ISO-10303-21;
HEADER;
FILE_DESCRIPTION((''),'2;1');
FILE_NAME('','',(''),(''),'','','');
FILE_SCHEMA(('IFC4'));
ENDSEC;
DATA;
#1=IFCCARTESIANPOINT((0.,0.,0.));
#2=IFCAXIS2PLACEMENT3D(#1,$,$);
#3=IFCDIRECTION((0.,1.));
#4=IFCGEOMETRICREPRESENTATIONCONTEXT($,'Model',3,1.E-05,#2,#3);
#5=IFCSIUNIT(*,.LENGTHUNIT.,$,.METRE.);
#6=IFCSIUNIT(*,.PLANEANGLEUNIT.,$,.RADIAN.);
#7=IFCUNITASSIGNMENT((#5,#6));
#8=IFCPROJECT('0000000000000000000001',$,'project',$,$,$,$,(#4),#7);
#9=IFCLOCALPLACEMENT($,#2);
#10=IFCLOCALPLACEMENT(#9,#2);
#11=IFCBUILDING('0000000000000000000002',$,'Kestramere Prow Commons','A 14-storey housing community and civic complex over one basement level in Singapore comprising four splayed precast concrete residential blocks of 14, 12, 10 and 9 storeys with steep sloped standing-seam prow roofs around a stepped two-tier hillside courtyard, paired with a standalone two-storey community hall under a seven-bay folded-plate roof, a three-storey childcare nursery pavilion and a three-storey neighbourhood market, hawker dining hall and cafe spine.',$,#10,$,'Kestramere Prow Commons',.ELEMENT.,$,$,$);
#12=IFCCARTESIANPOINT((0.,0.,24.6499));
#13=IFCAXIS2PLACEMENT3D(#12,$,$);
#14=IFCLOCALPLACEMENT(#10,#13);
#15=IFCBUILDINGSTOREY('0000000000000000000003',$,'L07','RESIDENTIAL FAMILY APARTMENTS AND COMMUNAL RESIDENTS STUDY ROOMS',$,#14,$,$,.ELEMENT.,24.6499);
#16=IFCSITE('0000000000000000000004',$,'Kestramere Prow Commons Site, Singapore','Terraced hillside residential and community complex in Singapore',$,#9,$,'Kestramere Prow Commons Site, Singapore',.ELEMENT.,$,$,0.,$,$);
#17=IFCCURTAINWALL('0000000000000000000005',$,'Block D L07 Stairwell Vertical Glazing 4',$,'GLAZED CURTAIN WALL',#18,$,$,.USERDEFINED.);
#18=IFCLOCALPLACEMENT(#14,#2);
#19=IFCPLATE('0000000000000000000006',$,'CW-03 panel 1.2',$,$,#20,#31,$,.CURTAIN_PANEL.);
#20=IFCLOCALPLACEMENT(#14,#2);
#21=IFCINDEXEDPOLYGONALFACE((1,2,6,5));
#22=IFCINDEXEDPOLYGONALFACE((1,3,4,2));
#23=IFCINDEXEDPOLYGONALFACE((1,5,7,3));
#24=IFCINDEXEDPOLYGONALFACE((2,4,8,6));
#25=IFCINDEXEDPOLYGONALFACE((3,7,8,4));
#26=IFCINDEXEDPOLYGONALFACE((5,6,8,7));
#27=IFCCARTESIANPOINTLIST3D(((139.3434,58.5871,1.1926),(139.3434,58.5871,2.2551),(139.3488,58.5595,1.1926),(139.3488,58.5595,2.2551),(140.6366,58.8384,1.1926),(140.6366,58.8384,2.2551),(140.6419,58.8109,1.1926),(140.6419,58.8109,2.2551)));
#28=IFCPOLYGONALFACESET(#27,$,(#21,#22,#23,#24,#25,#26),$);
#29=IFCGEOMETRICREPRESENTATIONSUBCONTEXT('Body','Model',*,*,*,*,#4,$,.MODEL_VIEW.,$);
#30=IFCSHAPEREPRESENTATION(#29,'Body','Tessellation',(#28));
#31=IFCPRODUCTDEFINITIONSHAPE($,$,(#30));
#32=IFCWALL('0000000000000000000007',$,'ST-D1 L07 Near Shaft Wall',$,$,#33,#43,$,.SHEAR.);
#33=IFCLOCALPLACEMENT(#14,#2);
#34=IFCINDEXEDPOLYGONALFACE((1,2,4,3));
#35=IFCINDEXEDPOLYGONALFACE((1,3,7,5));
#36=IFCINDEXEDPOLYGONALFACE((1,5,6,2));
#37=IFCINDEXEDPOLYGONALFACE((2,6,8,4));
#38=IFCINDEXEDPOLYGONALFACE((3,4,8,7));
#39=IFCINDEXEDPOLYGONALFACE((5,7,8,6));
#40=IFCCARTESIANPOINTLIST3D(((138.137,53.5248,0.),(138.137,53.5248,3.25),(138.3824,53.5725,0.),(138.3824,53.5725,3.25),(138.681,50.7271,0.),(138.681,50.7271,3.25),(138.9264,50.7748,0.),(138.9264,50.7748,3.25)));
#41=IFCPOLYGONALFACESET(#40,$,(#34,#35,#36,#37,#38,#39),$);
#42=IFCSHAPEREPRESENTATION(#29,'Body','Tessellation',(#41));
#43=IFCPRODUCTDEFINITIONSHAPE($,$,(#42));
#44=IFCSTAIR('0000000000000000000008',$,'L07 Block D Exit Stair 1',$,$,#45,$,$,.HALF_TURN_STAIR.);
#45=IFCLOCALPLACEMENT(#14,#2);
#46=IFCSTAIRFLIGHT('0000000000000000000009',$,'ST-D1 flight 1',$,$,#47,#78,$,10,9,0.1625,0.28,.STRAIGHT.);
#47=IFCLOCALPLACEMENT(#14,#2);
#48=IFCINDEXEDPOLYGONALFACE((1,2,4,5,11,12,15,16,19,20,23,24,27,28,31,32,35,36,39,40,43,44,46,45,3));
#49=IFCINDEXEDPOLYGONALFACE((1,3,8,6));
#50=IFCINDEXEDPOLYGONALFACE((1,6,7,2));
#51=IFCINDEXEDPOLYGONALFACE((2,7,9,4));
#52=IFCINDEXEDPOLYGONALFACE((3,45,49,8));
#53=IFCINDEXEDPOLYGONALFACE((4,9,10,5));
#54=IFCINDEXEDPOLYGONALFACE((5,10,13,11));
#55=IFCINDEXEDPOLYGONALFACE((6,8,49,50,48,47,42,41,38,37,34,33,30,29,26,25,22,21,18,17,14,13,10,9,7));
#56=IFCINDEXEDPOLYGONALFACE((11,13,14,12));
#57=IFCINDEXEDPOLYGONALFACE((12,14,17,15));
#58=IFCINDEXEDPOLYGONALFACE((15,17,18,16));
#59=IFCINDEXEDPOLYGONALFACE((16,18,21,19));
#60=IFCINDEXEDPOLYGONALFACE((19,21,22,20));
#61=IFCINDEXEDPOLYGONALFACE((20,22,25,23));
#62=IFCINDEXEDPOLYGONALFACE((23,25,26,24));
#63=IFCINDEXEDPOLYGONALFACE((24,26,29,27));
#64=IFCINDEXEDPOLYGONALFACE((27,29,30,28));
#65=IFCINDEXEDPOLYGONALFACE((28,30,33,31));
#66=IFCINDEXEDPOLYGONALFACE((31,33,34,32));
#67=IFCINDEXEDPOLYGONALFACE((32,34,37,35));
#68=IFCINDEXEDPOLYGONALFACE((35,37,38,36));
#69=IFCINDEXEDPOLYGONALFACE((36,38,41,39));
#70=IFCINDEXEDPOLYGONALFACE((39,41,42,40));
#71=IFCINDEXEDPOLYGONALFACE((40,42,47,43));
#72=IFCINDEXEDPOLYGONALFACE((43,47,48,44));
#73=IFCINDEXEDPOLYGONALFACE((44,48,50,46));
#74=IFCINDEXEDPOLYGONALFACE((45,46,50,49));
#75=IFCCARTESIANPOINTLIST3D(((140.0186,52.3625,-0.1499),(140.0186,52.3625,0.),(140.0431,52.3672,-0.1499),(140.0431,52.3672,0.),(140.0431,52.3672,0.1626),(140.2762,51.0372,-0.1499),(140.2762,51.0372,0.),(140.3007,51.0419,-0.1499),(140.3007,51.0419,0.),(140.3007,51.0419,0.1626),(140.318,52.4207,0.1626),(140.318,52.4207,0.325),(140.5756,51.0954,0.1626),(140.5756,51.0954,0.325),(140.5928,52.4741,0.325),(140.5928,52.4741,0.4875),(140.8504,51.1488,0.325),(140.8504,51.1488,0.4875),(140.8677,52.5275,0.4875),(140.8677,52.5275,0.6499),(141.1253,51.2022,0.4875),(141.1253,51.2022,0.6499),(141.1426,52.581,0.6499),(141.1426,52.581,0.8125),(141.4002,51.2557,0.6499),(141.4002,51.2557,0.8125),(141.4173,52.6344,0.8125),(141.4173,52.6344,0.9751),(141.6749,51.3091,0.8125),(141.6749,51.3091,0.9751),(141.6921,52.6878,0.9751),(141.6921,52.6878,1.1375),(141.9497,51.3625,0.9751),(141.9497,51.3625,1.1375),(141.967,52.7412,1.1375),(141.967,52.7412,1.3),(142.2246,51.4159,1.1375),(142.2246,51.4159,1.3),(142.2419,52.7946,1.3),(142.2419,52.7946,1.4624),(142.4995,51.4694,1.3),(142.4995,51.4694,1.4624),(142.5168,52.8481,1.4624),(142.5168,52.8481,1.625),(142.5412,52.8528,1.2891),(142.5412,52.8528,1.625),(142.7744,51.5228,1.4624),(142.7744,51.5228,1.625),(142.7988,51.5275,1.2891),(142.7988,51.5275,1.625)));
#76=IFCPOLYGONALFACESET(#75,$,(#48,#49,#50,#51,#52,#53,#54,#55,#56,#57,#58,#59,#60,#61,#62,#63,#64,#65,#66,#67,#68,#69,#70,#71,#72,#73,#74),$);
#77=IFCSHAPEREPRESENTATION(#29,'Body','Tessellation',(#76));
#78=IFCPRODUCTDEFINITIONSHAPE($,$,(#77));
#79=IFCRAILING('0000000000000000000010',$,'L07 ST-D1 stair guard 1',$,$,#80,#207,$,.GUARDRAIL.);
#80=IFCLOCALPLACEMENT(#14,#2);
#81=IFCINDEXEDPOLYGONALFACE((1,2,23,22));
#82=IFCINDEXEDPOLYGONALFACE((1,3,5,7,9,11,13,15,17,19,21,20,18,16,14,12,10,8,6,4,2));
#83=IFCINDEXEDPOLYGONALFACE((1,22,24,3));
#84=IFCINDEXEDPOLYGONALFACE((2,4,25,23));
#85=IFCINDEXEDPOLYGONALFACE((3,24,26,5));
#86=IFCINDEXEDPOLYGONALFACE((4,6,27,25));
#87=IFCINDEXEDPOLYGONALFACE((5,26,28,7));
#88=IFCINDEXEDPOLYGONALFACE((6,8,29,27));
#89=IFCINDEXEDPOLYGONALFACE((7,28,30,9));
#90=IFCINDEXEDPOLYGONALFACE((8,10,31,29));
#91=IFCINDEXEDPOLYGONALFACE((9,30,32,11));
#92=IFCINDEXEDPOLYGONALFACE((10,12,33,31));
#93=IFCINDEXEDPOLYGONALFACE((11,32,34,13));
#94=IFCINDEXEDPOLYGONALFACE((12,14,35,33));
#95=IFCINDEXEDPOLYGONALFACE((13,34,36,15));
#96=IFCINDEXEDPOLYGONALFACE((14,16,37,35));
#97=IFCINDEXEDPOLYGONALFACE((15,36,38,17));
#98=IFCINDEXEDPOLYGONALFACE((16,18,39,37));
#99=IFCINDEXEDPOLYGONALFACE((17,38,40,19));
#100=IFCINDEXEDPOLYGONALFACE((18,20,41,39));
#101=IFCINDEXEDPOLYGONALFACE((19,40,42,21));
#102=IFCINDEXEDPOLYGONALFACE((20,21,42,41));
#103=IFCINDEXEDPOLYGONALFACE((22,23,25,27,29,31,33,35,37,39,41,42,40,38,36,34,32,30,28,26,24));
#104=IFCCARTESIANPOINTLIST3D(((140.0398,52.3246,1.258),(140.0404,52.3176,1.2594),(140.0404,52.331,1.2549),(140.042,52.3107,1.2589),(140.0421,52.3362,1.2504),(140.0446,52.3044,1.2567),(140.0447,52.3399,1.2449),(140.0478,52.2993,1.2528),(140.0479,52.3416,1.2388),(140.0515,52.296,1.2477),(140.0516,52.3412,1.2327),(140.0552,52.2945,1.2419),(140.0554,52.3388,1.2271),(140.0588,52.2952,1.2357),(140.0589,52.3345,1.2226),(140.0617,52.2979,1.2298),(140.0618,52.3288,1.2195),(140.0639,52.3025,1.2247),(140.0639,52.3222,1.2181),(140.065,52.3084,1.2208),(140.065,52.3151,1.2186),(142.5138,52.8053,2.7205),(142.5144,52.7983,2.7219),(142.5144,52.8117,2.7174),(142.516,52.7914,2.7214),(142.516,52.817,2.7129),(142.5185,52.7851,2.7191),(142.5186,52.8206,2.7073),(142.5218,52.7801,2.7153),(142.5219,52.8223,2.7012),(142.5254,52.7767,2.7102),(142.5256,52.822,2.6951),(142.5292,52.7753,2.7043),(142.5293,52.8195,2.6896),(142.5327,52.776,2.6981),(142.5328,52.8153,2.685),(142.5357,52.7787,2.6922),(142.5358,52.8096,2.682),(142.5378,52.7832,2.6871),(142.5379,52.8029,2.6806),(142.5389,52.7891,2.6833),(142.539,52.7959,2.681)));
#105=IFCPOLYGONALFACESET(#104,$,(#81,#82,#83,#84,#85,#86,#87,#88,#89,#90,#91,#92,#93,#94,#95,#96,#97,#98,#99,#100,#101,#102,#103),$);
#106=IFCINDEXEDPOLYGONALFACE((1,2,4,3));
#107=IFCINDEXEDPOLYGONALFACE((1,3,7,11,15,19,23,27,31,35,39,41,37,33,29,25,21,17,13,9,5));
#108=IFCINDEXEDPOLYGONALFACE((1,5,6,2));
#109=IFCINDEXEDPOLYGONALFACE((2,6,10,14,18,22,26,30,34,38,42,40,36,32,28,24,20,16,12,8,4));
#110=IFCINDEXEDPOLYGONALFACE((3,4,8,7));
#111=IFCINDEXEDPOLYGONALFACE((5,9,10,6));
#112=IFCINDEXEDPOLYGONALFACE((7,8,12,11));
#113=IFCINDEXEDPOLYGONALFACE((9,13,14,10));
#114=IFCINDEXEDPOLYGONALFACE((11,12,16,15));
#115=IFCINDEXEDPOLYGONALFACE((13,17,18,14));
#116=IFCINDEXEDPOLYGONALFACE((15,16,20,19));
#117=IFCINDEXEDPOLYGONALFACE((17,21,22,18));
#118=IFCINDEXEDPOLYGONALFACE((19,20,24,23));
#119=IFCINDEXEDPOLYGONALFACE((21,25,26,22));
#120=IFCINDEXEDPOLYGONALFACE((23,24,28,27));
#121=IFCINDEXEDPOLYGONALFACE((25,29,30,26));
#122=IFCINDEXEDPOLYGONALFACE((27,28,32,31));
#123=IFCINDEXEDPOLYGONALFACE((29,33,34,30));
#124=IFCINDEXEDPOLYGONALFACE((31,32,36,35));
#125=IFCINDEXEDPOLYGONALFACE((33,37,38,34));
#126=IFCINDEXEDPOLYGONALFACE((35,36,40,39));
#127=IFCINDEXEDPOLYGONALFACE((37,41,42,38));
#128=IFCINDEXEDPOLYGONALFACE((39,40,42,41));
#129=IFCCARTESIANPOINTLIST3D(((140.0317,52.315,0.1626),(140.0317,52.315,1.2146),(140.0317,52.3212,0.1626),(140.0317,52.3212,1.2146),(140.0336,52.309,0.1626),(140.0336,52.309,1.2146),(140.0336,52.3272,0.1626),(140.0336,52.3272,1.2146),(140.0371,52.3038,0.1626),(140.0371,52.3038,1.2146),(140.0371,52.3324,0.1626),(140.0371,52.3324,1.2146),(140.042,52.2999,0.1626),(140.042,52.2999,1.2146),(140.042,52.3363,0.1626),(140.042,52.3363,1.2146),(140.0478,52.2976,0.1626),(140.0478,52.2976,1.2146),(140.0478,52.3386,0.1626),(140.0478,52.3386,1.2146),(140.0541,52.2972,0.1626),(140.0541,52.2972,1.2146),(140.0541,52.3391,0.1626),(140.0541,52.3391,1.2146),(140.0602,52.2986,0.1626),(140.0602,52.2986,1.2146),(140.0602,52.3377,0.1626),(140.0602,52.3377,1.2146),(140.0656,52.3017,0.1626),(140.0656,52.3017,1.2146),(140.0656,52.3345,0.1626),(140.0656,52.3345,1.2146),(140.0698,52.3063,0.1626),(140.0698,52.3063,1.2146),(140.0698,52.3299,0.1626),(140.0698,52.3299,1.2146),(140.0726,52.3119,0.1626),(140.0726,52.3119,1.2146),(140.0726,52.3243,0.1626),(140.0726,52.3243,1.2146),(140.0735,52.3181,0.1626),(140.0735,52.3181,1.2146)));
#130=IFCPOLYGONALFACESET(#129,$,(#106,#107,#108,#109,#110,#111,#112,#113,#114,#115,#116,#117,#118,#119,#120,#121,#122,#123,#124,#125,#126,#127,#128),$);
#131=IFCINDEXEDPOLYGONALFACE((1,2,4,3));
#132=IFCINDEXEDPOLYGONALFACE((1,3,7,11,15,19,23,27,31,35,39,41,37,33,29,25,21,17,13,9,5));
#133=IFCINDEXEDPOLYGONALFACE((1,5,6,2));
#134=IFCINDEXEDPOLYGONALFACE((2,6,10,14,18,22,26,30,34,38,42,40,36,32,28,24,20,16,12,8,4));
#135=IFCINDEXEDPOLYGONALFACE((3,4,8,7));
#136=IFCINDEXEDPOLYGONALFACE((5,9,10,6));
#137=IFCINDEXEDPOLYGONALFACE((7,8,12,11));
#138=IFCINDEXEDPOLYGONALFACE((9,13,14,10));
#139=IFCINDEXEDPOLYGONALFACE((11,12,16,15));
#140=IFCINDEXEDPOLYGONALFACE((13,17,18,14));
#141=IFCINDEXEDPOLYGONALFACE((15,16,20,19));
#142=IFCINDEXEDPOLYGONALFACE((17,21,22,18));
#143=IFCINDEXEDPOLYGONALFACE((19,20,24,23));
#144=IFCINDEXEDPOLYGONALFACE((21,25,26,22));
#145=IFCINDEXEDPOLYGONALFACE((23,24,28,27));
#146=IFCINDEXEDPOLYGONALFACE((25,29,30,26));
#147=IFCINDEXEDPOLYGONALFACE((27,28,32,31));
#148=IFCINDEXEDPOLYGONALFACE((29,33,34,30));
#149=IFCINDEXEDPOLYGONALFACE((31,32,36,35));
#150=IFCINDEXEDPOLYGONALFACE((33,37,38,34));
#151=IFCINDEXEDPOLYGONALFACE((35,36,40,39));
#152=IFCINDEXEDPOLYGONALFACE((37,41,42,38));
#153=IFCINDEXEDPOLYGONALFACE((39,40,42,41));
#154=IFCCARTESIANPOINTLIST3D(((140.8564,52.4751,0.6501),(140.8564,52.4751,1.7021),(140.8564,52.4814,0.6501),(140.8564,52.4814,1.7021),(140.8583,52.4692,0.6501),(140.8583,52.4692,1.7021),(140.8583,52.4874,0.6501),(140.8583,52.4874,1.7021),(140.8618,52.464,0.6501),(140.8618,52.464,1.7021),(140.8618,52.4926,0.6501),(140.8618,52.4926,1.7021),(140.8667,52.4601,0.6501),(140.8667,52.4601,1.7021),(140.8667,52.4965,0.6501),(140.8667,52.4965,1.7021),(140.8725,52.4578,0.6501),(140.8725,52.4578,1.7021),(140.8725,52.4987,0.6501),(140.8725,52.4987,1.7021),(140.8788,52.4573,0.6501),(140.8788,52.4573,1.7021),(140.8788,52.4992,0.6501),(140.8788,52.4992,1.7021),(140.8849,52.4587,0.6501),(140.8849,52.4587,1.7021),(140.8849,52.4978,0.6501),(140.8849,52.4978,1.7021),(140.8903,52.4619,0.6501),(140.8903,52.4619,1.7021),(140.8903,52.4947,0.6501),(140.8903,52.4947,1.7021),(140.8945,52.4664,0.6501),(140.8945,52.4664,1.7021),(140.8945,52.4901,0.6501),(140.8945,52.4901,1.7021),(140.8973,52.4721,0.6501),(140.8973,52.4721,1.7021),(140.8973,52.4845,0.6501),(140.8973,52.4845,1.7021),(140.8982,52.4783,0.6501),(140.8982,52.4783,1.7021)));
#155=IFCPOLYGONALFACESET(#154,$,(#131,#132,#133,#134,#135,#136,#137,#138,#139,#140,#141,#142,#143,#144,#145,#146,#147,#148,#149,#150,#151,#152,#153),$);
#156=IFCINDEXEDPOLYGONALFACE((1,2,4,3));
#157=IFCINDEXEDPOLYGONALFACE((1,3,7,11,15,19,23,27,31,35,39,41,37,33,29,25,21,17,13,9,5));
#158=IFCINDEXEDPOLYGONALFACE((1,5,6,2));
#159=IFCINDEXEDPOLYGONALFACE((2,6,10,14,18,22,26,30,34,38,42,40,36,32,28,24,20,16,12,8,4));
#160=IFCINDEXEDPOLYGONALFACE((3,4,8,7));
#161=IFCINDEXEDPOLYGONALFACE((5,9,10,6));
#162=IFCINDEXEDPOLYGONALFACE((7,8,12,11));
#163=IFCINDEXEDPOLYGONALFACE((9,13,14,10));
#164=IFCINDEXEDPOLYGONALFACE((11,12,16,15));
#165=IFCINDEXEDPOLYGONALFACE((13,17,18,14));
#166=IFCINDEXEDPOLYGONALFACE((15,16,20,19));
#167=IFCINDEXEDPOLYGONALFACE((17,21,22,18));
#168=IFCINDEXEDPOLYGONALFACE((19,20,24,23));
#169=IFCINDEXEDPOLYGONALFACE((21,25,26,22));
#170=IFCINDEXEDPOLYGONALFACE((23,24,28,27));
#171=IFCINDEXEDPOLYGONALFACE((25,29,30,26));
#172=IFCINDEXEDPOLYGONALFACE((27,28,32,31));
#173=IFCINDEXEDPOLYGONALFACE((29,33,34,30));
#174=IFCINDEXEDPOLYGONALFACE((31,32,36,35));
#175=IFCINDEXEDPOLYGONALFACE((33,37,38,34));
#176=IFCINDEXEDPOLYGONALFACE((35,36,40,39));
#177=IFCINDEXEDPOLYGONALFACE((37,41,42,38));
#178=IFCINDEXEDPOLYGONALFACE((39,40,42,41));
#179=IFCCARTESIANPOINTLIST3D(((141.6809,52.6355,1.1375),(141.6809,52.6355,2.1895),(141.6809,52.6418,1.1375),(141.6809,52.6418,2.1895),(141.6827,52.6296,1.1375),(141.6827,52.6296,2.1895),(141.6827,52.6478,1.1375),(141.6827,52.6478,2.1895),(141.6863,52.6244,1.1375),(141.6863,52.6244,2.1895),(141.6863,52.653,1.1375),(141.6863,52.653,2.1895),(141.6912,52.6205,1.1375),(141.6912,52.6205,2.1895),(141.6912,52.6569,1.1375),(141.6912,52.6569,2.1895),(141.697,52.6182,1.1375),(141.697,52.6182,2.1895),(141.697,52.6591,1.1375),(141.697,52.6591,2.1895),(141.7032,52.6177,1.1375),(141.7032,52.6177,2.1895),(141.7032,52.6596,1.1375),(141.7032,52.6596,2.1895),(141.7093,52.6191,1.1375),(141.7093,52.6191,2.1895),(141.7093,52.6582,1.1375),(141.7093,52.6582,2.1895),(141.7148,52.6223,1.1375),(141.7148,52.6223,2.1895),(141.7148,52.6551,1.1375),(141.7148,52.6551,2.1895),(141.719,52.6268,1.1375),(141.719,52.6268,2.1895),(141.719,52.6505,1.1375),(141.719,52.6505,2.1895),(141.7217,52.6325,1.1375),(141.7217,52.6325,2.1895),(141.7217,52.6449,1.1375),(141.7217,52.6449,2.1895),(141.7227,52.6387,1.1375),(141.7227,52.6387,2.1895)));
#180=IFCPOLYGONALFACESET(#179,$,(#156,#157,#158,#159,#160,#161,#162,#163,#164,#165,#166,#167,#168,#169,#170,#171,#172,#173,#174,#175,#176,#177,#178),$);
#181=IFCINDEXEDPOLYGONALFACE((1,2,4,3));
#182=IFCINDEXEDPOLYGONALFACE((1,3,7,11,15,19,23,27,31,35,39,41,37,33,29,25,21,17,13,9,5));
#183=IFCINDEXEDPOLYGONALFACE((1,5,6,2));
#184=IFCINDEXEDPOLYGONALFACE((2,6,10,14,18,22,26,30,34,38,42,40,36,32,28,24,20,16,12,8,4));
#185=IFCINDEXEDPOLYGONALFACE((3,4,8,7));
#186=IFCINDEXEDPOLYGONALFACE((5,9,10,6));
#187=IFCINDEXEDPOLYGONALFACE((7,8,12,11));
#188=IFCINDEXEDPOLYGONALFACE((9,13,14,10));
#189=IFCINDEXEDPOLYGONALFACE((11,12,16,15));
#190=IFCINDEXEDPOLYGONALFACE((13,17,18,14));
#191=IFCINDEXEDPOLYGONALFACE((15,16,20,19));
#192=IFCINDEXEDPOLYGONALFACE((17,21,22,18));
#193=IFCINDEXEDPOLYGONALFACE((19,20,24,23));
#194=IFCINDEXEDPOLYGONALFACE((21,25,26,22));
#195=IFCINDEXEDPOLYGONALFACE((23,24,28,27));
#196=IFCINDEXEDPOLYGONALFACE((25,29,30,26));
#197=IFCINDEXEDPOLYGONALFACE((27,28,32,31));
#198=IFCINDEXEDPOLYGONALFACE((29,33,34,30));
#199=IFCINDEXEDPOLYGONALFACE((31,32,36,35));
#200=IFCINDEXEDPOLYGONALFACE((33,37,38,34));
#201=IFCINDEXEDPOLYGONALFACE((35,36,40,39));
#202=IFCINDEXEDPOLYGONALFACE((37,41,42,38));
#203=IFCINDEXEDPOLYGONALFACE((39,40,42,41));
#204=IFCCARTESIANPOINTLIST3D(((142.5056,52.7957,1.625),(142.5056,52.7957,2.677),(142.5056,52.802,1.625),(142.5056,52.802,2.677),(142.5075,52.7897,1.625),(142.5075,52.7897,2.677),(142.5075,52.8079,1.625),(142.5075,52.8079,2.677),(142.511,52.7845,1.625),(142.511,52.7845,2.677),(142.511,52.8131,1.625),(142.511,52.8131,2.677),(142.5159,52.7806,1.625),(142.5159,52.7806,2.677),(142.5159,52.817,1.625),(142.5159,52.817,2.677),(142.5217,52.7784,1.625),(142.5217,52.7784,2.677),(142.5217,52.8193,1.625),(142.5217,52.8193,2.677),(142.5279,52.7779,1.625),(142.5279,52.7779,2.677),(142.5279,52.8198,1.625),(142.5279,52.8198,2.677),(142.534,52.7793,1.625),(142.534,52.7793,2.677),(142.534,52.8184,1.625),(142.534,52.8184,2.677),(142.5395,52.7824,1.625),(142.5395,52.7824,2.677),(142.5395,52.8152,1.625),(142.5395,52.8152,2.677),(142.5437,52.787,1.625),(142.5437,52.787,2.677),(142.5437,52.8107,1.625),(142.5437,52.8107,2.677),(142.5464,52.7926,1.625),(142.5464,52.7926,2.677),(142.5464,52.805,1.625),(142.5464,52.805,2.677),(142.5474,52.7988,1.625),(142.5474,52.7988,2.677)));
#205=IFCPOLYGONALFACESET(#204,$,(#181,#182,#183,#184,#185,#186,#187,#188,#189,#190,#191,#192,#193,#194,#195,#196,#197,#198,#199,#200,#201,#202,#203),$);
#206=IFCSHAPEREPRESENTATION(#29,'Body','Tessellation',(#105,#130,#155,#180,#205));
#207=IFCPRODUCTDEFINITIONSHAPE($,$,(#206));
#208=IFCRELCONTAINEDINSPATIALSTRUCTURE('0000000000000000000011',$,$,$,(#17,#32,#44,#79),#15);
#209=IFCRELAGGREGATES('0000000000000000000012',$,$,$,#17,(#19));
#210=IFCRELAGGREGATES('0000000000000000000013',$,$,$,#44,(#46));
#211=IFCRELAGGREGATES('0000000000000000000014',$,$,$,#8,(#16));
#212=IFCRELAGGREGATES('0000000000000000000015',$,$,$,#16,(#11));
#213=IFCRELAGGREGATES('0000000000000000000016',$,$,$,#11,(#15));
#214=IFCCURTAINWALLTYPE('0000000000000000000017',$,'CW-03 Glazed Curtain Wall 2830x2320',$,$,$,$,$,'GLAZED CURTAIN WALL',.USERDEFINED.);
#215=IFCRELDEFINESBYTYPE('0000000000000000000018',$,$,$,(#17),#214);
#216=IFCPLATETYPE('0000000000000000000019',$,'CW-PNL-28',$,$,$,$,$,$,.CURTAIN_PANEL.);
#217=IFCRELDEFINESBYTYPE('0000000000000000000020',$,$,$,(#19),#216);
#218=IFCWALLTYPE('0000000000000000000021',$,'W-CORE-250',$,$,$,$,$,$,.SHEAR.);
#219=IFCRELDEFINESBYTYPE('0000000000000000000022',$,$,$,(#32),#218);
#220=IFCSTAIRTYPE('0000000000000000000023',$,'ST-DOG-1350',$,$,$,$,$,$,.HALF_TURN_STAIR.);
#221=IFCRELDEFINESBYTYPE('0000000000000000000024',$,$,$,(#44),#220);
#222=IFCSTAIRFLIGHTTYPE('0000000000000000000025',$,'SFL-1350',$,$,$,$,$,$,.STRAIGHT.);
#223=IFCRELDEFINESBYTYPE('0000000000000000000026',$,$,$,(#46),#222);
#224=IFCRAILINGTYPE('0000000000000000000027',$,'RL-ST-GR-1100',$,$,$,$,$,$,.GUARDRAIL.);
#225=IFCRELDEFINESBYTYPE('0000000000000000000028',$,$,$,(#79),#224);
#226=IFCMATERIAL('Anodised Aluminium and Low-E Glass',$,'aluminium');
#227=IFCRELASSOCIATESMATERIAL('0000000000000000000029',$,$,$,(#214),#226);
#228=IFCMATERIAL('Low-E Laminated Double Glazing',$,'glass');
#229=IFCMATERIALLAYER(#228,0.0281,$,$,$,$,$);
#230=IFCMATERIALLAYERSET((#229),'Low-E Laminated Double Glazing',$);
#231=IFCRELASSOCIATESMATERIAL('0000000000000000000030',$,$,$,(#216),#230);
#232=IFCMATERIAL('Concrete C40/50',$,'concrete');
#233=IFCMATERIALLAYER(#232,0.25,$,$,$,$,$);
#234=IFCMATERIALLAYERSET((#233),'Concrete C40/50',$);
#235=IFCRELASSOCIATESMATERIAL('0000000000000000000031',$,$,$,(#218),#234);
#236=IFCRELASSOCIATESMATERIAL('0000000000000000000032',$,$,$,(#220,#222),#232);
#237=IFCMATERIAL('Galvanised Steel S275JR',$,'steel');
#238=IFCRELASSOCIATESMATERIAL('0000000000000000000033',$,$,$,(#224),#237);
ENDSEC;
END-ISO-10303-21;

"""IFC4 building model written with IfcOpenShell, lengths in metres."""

from ifc_helpers import new_model, si_unit, direction, frame, frame_2d, origin, origin_2d, place, context, subcontext, project, spatial, polyline, rectangle, circle, outline, extrude, material, layer, layer_set, type_object, element, aggregate, save


model = new_model("IFC4")

# Units and contexts
model_context = context("Model", 3, precision=1e-05, world=origin(), true_north=direction((0.0, 1.0)))
body_context = subcontext(model_context, "Body", "Model", "MODEL_VIEW")
ifc_project = project(units=[si_unit("LENGTHUNIT", "METRE"), si_unit("PLANEANGLEUNIT", "RADIAN")], contexts=[model_context])

# Site, building, storey
site_placement = place(None, origin())
site = spatial("IfcSite", under=ifc_project, at=site_placement, Name="Kestramere Prow Commons Site, Singapore", Description="Terraced hillside residential and community complex in Singapore", LongName="Kestramere Prow Commons Site, Singapore", CompositionType="ELEMENT", RefElevation=0.0)
building_placement = place(site_placement, origin())
building = spatial("IfcBuilding", under=site, at=building_placement, Name="Kestramere Prow Commons", Description="A 14-storey housing community and civic complex over one basement level in Singapore comprising four splayed precast concrete residential blocks of 14, 12, 10 and 9 storeys with steep sloped standing-seam prow roofs around a stepped two-tier hillside courtyard, paired with a standalone two-storey community hall under a seven-bay folded-plate roof, a three-storey childcare nursery pavilion and a three-storey neighbourhood market, hawker dining hall and cafe spine.", LongName="Kestramere Prow Commons", CompositionType="ELEMENT")
storey_placement = place(building_placement, frame((0.0, 0.0, 24.6499)))
storey = spatial("IfcBuildingStorey", under=building, at=storey_placement, Name="L07", Description="RESIDENTIAL FAMILY APARTMENTS AND COMMUNAL RESIDENTS STUDY ROOMS", CompositionType="ELEMENT", Elevation=24.6499)

# Curtain wall
ifc_material_1 = material(Name="Anodised Aluminium and Low-E Glass", Category="aluminium")
curtain_wall_type = type_object("IfcCurtainWallType", Name="CW-03 Glazed Curtain Wall 2830x2320", ElementType="GLAZED CURTAIN WALL", PredefinedType="USERDEFINED", material=ifc_material_1)
curtain_wall_placement = place(storey_placement, origin())
curtain_wall = element("IfcCurtainWall", 1, at=curtain_wall_placement, inside=storey, type_object=curtain_wall_type, Name="Block D L07 Stairwell Vertical Glazing 4", ObjectType="GLAZED CURTAIN WALL", PredefinedType="USERDEFINED")

# Plate
ifc_material_2 = material(Name="Low-E Laminated Double Glazing", Category="glass")
ifc_layer_1 = layer(ifc_material_2, 0.0281)
ifc_layer_set_1 = layer_set([ifc_layer_1], Name="Low-E Laminated Double Glazing")
plate_type = type_object("IfcPlateType", Name="CW-PNL-28", PredefinedType="CURTAIN_PANEL", material=ifc_layer_set_1)
plate_1_placement = place(storey_placement, frame((139.9927, 58.699, 1.1926), z_axis=(0.0, 0.0, 1.0), x_axis=(0.981627, 0.190809, 0.0)))
plate_1 = element("IfcPlate", 2, at=plate_1_placement, type_object=plate_type, Name="CW-03 panel 1.2", PredefinedType="CURTAIN_PANEL", context=body_context, shape_type="SweptSolid", body=[
    extrude(rectangle(XDim=1.3174, YDim=0.0281, at=origin_2d()), origin(), (0.0, 0.0, 1.0), 1.0625),
])
aggregate(curtain_wall, [plate_1])

# Shared definitions
ifc_material_3 = material(Name="Concrete C40/50", Category="concrete")
ifc_layer_2 = layer(ifc_material_3, 0.25)
ifc_layer_set_2 = layer_set([ifc_layer_2], Name="Concrete C40/50")
wall_type = type_object("IfcWallType", Name="W-CORE-250", PredefinedType="SHEAR", material=ifc_layer_set_2)

# Wall
wall_1_placement = place(storey_placement, frame((138.8037, 50.751, 0.0), z_axis=(0.0, 0.0, 1.0), x_axis=(-0.190858, 0.981618, 0.0)))
element("IfcWall", 3, at=wall_1_placement, inside=storey, type_object=wall_type, Name="ST-D1 L07 Near Shaft Wall", PredefinedType="SHEAR", context=body_context, shape_type="SweptSolid", body=[
    extrude(rectangle(XDim=2.8501, YDim=0.25, at=frame_2d((1.425, 0.0))), origin(), (0.0, 0.0, 1.0), 3.25),
])

# Stair, stair flight
stair_type = type_object("IfcStairType", Name="ST-DOG-1350", PredefinedType="HALF_TURN_STAIR", material=ifc_material_3)
stair_placement = place(storey_placement, origin())
stair = element("IfcStair", 4, at=stair_placement, inside=storey, type_object=stair_type, Name="L07 Block D Exit Stair 1", PredefinedType="HALF_TURN_STAIR")
stair_flight_type = type_object("IfcStairFlightType", Name="SFL-1350", PredefinedType="STRAIGHT", material=ifc_material_3)
stair_flight_placement = place(storey_placement, frame((140.1719, 51.7046, 0.0), z_axis=(0.0, 0.0, 1.0), x_axis=(0.981627, 0.190809, 0.0)))
stair_flight = element("IfcStairFlight", 5, at=stair_flight_placement, type_object=stair_flight_type, Name="ST-D1 flight 1", NumberOfRisers=10, NumberOfTreads=9, PredefinedType="STRAIGHT", RiserHeight=0.1625, TreadLength=0.28, context=body_context, shape_type="SweptSolid", body=[
    extrude(outline(polyline([(-0.0249, 0.0), (0.0, 0.0), (0.0, 0.1626), (0.28, 0.1626), (0.28, 0.325), (0.5601, 0.325), (0.5601, 0.4875), (0.8401, 0.4875), (0.8401, 0.6499), (1.1201, 0.6499), (1.1201, 0.8125), (1.3999, 0.8125), (1.3999, 0.9751), (1.6799, 0.9751), (1.6799, 1.1375), (1.96, 1.1375), (1.96, 1.3), (2.24, 1.3), (2.24, 1.4624), (2.52, 1.4624), (2.52, 1.625), (2.5449, 1.625), (2.5449, 1.2891), (0.0, -0.1499), (-0.0249, -0.1499), (-0.0249, 0.0)])), frame((0.0, 0.675, 0.0), z_axis=(0.0, -1.0, 0.0), x_axis=(1.0, 0.0, 0.0)), (0.0, 0.0, 1.0), 1.3501),
])
aggregate(stair, [stair_flight])

# Railing
ifc_material_4 = material(Name="Galvanised Steel S275JR", Category="steel")
railing_type_1 = type_object("IfcRailingType", Name="RL-ST-GR-1100", PredefinedType="GUARDRAIL", material=ifc_material_4)
railing_1_placement = place(storey_placement, frame((140.0525, 52.3181, 0.1626)))
element("IfcRailing", 6, at=railing_1_placement, inside=storey, type_object=railing_type_1, Name="L07 ST-D1 stair guard 1", PredefinedType="GUARDRAIL", context=body_context, shape_type="SweptSolid", body=[
    extrude(circle(Radius=0.0239, at=origin_2d()), frame((0.0, 0.0, 1.0762), z_axis=(0.849044, 0.164982, 0.501902), x_axis=(-0.190748, 0.981639, 0.0)), (0.0, 0.0, 1.0), 2.9138),
    extrude(circle(Radius=0.021, at=origin_2d()), origin(), (0.0, 0.0, 1.0), 1.052),
    extrude(circle(Radius=0.021, at=origin_2d()), frame((0.8247, 0.1602, 0.4875)), (0.0, 0.0, 1.0), 1.052),
    extrude(circle(Radius=0.021, at=origin_2d()), frame((1.6492, 0.3206, 0.9749)), (0.0, 0.0, 1.0), 1.052),
    extrude(circle(Radius=0.021, at=origin_2d()), frame((2.4739, 0.4807, 1.4624)), (0.0, 0.0, 1.0), 1.052),
])

save(model, "model.ifc")
